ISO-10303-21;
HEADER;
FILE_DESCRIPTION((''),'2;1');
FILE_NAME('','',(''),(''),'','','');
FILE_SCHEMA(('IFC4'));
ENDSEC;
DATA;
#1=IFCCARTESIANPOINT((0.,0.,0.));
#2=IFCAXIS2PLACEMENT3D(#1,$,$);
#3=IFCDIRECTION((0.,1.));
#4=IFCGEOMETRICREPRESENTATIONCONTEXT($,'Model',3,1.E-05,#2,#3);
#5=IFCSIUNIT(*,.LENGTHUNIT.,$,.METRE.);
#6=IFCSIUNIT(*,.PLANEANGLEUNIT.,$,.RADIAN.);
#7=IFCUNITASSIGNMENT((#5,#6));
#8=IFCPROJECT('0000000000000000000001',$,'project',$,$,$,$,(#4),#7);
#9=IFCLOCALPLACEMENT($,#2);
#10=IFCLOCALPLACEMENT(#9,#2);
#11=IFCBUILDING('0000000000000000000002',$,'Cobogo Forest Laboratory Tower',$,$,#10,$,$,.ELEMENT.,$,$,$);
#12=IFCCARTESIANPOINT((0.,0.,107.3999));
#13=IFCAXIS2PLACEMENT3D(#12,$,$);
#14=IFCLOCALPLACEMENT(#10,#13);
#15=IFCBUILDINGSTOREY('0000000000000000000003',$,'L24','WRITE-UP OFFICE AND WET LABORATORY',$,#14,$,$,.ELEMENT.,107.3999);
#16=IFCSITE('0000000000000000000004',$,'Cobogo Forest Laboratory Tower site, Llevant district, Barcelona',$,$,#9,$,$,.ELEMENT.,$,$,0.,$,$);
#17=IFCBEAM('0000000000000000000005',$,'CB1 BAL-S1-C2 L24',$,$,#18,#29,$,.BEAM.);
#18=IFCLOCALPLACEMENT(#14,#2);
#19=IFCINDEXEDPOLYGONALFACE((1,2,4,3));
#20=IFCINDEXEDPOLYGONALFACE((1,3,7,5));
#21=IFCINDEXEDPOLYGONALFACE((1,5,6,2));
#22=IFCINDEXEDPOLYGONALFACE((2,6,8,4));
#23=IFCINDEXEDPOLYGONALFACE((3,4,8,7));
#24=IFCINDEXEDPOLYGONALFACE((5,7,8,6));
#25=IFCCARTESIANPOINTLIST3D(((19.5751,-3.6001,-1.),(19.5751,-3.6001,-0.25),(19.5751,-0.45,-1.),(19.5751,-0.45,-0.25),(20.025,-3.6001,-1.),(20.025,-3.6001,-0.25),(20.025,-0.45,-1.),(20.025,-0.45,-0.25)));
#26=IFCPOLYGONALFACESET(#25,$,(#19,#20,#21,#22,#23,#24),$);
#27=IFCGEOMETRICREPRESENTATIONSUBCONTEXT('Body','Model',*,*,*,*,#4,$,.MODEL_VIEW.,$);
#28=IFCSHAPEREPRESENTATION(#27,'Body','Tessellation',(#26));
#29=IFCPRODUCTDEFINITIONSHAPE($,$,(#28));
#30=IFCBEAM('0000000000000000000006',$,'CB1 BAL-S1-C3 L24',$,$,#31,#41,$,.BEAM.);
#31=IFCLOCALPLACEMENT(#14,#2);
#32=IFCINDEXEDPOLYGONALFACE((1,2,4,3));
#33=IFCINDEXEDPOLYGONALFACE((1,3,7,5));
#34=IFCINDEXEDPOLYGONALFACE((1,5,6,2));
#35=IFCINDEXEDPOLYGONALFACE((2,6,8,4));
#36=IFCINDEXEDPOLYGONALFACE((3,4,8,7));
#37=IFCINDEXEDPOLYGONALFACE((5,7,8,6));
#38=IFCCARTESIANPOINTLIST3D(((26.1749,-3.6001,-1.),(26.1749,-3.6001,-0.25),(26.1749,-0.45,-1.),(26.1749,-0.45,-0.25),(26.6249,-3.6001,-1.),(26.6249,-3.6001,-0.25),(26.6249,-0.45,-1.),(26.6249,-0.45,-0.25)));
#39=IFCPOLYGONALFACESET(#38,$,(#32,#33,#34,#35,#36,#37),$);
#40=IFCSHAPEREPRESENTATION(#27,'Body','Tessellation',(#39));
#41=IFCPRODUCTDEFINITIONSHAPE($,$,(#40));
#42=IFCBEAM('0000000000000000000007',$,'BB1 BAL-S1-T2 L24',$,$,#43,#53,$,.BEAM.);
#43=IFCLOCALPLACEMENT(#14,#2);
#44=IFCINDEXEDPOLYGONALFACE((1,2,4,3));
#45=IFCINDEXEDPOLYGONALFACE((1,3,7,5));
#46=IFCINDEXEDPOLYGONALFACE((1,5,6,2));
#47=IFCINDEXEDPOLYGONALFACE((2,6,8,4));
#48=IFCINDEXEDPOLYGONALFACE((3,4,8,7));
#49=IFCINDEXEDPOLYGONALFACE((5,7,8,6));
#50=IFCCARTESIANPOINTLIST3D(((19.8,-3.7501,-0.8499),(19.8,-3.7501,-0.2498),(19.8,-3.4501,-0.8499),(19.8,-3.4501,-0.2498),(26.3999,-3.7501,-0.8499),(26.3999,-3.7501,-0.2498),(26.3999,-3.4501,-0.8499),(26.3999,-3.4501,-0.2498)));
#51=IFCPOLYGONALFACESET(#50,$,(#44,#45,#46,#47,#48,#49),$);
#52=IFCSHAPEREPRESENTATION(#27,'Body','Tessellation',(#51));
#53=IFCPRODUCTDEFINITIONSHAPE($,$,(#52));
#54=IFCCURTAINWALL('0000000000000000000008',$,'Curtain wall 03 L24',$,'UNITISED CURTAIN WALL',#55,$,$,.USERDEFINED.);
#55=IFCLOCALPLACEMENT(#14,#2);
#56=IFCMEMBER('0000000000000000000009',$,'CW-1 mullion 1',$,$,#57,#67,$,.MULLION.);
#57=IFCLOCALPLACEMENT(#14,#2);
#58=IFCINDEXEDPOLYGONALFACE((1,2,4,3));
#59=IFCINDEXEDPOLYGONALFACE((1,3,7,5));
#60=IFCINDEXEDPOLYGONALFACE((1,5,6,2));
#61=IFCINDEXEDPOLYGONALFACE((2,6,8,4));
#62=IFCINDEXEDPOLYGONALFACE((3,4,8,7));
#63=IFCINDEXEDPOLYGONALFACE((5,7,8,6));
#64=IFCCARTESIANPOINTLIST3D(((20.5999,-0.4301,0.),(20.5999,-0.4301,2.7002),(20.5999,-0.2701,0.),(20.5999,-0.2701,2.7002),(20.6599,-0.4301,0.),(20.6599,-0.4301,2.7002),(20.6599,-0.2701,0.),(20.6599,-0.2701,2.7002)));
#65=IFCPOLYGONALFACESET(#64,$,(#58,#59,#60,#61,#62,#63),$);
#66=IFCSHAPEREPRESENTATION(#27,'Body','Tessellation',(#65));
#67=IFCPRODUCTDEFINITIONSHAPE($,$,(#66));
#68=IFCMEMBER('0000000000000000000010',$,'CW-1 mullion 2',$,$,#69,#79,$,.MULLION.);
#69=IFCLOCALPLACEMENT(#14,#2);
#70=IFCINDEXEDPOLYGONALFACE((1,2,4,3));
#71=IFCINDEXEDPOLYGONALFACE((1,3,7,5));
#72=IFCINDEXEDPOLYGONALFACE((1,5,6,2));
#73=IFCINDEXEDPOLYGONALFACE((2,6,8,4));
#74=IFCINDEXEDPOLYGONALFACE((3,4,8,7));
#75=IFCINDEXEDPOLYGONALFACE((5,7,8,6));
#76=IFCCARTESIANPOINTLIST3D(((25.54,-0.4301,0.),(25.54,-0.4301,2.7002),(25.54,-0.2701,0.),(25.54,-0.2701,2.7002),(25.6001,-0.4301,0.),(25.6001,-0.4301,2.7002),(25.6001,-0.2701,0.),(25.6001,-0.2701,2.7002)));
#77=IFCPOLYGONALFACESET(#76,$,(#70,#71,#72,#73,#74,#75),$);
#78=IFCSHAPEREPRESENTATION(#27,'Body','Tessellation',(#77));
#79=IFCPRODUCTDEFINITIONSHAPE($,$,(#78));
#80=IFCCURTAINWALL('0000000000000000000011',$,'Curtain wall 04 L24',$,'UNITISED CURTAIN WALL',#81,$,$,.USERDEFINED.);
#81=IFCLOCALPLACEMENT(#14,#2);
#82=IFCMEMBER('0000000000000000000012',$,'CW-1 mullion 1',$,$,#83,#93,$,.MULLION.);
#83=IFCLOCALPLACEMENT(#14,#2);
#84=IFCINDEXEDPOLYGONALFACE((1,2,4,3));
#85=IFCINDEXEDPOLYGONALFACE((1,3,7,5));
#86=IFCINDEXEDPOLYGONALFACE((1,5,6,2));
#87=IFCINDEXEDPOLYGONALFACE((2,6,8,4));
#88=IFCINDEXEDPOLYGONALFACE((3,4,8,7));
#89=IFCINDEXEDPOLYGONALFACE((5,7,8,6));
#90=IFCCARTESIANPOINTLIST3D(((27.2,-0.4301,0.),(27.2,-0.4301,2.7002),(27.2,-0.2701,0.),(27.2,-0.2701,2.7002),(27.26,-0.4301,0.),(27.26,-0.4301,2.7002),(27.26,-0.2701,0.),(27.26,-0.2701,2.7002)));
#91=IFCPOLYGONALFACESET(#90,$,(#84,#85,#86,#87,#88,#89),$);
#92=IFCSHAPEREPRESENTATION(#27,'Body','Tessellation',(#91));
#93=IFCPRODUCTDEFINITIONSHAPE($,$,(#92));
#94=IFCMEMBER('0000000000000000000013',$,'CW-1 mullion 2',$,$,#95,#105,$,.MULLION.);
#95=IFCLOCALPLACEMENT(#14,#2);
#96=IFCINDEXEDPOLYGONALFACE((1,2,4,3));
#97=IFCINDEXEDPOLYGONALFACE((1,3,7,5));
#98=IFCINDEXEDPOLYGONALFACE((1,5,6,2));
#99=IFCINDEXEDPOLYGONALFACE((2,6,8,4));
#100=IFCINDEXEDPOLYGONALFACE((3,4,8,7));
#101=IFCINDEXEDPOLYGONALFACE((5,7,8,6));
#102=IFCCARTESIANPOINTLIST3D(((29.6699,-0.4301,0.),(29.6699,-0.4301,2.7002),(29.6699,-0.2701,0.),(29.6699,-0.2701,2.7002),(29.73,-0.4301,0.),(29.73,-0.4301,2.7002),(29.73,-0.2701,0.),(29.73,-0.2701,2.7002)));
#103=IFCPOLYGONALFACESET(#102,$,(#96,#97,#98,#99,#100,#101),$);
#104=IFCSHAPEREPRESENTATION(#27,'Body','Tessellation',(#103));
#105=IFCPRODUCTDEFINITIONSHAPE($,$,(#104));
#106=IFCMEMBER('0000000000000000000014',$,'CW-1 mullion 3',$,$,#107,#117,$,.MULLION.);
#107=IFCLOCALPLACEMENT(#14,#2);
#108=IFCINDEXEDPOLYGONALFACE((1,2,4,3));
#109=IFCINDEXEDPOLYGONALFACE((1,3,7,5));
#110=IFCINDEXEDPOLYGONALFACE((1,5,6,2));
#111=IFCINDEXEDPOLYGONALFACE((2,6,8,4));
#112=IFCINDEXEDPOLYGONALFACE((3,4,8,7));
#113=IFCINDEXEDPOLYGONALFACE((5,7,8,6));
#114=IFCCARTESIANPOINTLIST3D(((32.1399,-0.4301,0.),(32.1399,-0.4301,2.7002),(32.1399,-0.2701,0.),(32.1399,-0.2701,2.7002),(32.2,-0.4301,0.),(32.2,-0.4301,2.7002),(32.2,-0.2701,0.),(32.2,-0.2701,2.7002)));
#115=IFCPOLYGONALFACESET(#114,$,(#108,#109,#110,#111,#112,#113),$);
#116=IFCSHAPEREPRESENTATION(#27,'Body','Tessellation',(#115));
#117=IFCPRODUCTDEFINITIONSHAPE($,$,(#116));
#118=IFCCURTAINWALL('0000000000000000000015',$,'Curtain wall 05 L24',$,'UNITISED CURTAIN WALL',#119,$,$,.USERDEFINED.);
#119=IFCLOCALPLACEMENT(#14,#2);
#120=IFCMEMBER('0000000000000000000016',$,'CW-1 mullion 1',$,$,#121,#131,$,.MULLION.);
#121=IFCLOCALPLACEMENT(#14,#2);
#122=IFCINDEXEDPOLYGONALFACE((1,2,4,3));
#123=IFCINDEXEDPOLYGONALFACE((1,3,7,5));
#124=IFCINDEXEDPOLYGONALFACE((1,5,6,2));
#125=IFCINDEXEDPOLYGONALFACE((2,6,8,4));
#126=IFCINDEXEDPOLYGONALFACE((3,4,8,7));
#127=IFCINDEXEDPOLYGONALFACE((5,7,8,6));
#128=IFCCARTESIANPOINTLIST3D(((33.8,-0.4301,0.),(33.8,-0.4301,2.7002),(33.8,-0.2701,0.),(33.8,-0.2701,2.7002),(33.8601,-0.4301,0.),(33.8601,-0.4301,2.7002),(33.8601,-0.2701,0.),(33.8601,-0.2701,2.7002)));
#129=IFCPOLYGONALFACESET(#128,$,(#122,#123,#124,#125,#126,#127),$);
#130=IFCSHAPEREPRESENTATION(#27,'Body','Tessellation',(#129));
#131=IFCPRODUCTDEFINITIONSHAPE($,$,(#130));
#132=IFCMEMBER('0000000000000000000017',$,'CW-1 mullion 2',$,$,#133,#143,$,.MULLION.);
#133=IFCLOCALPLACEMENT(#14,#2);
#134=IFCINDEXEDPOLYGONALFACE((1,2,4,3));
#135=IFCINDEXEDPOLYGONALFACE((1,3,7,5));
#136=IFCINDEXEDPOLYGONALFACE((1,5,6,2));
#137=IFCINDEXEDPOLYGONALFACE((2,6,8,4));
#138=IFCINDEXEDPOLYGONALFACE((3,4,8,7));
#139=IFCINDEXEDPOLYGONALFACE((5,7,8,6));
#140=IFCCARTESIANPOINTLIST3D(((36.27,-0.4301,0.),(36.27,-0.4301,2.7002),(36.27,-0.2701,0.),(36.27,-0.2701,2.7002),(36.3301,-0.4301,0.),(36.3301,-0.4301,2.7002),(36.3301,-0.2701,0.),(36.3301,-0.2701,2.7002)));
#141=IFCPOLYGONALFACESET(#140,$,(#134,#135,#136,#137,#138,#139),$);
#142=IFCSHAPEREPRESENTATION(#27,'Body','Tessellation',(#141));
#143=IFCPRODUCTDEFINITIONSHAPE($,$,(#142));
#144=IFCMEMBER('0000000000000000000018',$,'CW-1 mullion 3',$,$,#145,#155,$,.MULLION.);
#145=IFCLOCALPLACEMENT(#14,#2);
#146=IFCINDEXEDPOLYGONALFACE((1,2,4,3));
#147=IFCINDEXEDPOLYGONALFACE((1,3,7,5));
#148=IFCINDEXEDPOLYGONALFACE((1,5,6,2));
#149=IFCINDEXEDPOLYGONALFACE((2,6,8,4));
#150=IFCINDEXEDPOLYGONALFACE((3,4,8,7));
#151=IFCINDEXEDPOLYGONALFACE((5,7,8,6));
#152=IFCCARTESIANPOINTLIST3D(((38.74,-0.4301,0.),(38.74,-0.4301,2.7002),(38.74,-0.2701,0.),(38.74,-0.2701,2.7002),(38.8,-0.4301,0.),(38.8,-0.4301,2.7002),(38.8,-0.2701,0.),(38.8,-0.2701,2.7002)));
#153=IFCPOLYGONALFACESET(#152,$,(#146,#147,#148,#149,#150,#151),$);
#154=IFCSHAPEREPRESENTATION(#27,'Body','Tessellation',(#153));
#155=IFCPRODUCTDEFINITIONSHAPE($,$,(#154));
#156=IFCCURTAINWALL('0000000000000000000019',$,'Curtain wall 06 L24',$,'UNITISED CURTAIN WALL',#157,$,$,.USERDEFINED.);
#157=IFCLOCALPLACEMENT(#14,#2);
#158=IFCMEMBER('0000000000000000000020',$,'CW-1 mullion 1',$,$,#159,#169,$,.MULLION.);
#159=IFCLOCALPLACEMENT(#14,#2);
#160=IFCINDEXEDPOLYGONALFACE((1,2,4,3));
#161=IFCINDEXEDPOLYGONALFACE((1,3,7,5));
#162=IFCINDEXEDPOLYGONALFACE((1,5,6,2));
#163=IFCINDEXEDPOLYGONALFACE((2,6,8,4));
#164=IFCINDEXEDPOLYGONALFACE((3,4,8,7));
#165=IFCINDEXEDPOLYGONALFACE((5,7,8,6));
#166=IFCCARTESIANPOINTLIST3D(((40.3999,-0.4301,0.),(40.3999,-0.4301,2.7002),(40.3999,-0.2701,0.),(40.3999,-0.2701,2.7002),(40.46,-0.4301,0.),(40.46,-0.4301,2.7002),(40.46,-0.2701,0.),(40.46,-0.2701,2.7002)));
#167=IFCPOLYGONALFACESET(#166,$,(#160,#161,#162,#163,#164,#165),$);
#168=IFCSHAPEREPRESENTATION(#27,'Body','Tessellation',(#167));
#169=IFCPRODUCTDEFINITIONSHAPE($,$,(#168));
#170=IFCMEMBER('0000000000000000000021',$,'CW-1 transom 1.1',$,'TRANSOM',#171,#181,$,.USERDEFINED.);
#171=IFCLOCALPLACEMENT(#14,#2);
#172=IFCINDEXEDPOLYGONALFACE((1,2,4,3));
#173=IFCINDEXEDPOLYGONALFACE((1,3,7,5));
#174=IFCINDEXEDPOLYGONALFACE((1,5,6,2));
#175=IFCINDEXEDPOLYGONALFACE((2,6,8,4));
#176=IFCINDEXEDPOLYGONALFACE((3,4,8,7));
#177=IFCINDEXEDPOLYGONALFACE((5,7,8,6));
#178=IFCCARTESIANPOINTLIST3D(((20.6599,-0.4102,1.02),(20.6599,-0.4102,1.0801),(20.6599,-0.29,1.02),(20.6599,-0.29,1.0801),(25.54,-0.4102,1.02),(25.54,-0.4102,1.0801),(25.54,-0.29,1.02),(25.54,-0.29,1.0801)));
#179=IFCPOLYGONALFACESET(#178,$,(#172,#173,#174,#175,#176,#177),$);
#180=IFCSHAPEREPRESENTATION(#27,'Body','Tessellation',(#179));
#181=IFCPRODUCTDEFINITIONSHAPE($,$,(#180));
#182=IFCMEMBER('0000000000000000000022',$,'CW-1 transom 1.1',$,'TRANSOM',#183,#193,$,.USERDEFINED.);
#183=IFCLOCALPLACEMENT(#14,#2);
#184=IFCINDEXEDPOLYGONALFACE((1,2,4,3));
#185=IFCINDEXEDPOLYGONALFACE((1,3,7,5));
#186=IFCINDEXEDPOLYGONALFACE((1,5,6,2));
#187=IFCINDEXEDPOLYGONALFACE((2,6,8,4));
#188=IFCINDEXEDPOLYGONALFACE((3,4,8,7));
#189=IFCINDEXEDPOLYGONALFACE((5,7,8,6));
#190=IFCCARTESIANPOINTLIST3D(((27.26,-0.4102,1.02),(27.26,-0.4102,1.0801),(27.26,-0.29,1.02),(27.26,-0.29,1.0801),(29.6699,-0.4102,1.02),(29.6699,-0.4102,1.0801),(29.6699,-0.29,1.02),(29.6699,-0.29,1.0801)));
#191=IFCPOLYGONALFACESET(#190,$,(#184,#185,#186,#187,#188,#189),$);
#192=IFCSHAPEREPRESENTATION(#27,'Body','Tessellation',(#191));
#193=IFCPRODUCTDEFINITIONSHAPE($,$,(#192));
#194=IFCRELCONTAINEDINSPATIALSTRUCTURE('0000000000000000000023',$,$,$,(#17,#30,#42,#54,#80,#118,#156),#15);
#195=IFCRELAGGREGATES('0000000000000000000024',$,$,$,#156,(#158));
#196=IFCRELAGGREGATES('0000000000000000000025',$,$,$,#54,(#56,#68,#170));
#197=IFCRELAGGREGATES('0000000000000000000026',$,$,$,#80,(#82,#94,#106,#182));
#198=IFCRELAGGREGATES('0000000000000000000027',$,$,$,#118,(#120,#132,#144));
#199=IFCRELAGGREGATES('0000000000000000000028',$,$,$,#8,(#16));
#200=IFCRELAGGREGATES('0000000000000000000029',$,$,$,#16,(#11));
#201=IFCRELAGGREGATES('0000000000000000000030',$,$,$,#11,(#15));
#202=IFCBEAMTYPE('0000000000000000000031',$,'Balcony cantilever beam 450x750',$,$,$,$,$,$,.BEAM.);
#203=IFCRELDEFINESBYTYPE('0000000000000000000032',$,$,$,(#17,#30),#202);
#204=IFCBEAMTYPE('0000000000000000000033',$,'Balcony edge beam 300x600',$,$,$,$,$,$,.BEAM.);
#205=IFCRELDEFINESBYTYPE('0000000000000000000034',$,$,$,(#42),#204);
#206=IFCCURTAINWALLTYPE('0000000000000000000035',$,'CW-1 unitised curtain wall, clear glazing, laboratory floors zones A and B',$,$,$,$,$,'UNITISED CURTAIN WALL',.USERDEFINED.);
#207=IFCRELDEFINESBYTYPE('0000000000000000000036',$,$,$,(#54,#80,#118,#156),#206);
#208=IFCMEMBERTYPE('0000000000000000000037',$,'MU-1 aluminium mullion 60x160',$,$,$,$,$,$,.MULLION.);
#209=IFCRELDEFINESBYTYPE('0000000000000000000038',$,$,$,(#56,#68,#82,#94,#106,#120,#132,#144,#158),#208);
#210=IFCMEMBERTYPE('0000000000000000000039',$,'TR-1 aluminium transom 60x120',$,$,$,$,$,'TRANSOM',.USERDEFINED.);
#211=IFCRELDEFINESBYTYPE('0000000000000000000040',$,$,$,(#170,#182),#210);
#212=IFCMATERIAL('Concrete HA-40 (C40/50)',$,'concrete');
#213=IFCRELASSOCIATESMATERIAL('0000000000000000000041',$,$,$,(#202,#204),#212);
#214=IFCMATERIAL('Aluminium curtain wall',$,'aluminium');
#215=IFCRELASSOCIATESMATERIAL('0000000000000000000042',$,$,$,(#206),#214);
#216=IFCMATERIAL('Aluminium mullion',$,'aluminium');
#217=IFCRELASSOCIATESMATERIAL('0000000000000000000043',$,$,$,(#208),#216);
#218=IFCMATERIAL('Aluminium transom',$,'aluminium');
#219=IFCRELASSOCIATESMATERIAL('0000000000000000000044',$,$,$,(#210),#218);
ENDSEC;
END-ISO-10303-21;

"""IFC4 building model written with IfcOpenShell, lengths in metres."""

from ifc_helpers import new_model, si_unit, direction, frame, origin, origin_2d, place, context, subcontext, project, spatial, rectangle, extrude, material, material_profile, profile_set, type_object, element, aggregate, save


model = new_model("IFC4")

# Units and contexts
model_context = context("Model", 3, precision=1e-05, world=origin(), true_north=direction((0.0, 1.0)))
body_context = subcontext(model_context, "Body", "Model", "MODEL_VIEW")
ifc_project = project(units=[si_unit("LENGTHUNIT", "METRE"), si_unit("PLANEANGLEUNIT", "RADIAN")], contexts=[model_context])

# Site, building, storey
site_placement = place(None, origin())
site = spatial("IfcSite", under=ifc_project, at=site_placement, Name="Cobogo Forest Laboratory Tower site, Llevant district, Barcelona", CompositionType="ELEMENT", RefElevation=0.0)
building_placement = place(site_placement, origin())
building = spatial("IfcBuilding", under=site, at=building_placement, Name="Cobogo Forest Laboratory Tower", CompositionType="ELEMENT")
storey_placement = place(building_placement, frame((0.0, 0.0, 107.3999)))
storey = spatial("IfcBuildingStorey", under=building, at=storey_placement, Name="L24", Description="WRITE-UP OFFICE AND WET LABORATORY", CompositionType="ELEMENT", Elevation=107.3999)

# Beams
ifc_material_1 = material(Name="Concrete HA-40 (C40/50)", Category="concrete")
ifc_material_profile_1 = material_profile(ifc_material_1, rectangle(XDim=0.45, YDim=0.75, at=origin_2d()), Name="RC 450x750")
ifc_profile_set_1 = profile_set([ifc_material_profile_1], Name="Concrete HA-40 (C40/50)")
beam_type_1 = type_object("IfcBeamType", Name="Balcony cantilever beam 450x750", PredefinedType="BEAM", material=ifc_profile_set_1)
for number, where, z_axis, x_axis, name in (
    (1, (19.8, -0.45, -0.625), (0.0, -1.0, 0.0), (1.0, 0.0, 0.0), "CB1 BAL-S1-C2 L24"),
    (2, (26.3999, -0.45, -0.625), (0.0, -1.0, 0.0), (1.0, 0.0, 0.0), "CB1 BAL-S1-C3 L24"),
):
    element("IfcBeam", number, at=place(storey_placement, frame(where, z_axis=z_axis, x_axis=x_axis)), inside=storey, type_object=beam_type_1, Name=name, PredefinedType="BEAM", context=body_context, shape_type="SweptSolid", body=[
        extrude(rectangle(XDim=0.45, YDim=0.75, at=origin_2d()), origin(), (0.0, 0.0, 1.0), 3.1501),
    ])
ifc_material_profile_2 = material_profile(ifc_material_1, rectangle(XDim=0.3, YDim=0.6001, at=origin_2d()), Name="RC 300x600")
ifc_profile_set_2 = profile_set([ifc_material_profile_2], Name="Concrete HA-40 (C40/50)")
beam_type_2 = type_object("IfcBeamType", Name="Balcony edge beam 300x600", PredefinedType="BEAM", material=ifc_profile_set_2)
beam_placement = place(storey_placement, frame((19.8, -3.6001, -0.5498), z_axis=(1.0, 0.0, 0.0), x_axis=(0.0, 1.0, 0.0)))
element("IfcBeam", 3, at=beam_placement, inside=storey, type_object=beam_type_2, Name="BB1 BAL-S1-T2 L24", PredefinedType="BEAM", context=body_context, shape_type="SweptSolid", body=[
    extrude(rectangle(XDim=0.3, YDim=0.6001, at=origin_2d()), origin(), (0.0, 0.0, 1.0), 6.5999),
])

# Curtain walls, members
ifc_material_2 = material(Name="Aluminium curtain wall", Category="aluminium")
curtain_wall_type = type_object("IfcCurtainWallType", Name="CW-1 unitised curtain wall, clear glazing, laboratory floors zones A and B", ElementType="UNITISED CURTAIN WALL", PredefinedType="USERDEFINED", material=ifc_material_2)
curtain_wall_1_placement = place(storey_placement, origin())
curtain_wall_1 = element("IfcCurtainWall", 4, at=curtain_wall_1_placement, inside=storey, type_object=curtain_wall_type, Name="Curtain wall 03 L24", ObjectType="UNITISED CURTAIN WALL", PredefinedType="USERDEFINED")
ifc_material_3 = material(Name="Aluminium mullion", Category="aluminium")
ifc_material_profile_3 = material_profile(ifc_material_3, rectangle(XDim=0.0601, YDim=0.1599, at=origin_2d()), Name="AL 60x160")
ifc_profile_set_3 = profile_set([ifc_material_profile_3], Name="Aluminium mullion")
member_type_1 = type_object("IfcMemberType", Name="MU-1 aluminium mullion 60x160", PredefinedType="MULLION", material=ifc_profile_set_3)
member_1_placement = place(storey_placement, frame((20.6299, -0.3501, 0.0), z_axis=(0.0, 0.0, 1.0), x_axis=(1.0, 0.0, 0.0)))
member_1 = element("IfcMember", 5, at=member_1_placement, type_object=member_type_1, Name="CW-1 mullion 1", PredefinedType="MULLION", context=body_context, shape_type="SweptSolid", body=[
    extrude(rectangle(XDim=0.0601, YDim=0.1599, at=origin_2d()), origin(), (0.0, 0.0, 1.0), 2.7002),
])
member_2_placement = place(storey_placement, frame((25.5701, -0.3501, 0.0), z_axis=(0.0, 0.0, 1.0), x_axis=(1.0, 0.0, 0.0)))
member_2 = element("IfcMember", 6, at=member_2_placement, type_object=member_type_1, Name="CW-1 mullion 2", PredefinedType="MULLION", context=body_context, shape_type="SweptSolid", body=[
    extrude(rectangle(XDim=0.0601, YDim=0.1599, at=origin_2d()), origin(), (0.0, 0.0, 1.0), 2.7002),
])
curtain_wall_2_placement = place(storey_placement, origin())
curtain_wall_2 = element("IfcCurtainWall", 7, at=curtain_wall_2_placement, inside=storey, type_object=curtain_wall_type, Name="Curtain wall 04 L24", ObjectType="UNITISED CURTAIN WALL", PredefinedType="USERDEFINED")
member_3_placement = place(storey_placement, frame((27.23, -0.3501, 0.0), z_axis=(0.0, 0.0, 1.0), x_axis=(1.0, 0.0, 0.0)))
member_3 = element("IfcMember", 8, at=member_3_placement, type_object=member_type_1, Name="CW-1 mullion 1", PredefinedType="MULLION", context=body_context, shape_type="SweptSolid", body=[
    extrude(rectangle(XDim=0.0601, YDim=0.1599, at=origin_2d()), origin(), (0.0, 0.0, 1.0), 2.7002),
])
member_4_placement = place(storey_placement, frame((29.7, -0.3501, 0.0), z_axis=(0.0, 0.0, 1.0), x_axis=(1.0, 0.0, 0.0)))
member_4 = element("IfcMember", 9, at=member_4_placement, type_object=member_type_1, Name="CW-1 mullion 2", PredefinedType="MULLION", context=body_context, shape_type="SweptSolid", body=[
    extrude(rectangle(XDim=0.0601, YDim=0.1599, at=origin_2d()), origin(), (0.0, 0.0, 1.0), 2.7002),
])
member_5_placement = place(storey_placement, frame((32.1699, -0.3501, 0.0), z_axis=(0.0, 0.0, 1.0), x_axis=(1.0, 0.0, 0.0)))
member_5 = element("IfcMember", 10, at=member_5_placement, type_object=member_type_1, Name="CW-1 mullion 3", PredefinedType="MULLION", context=body_context, shape_type="SweptSolid", body=[
    extrude(rectangle(XDim=0.0601, YDim=0.1599, at=origin_2d()), origin(), (0.0, 0.0, 1.0), 2.7002),
])
curtain_wall_3_placement = place(storey_placement, origin())
curtain_wall_3 = element("IfcCurtainWall", 11, at=curtain_wall_3_placement, inside=storey, type_object=curtain_wall_type, Name="Curtain wall 05 L24", ObjectType="UNITISED CURTAIN WALL", PredefinedType="USERDEFINED")
member_6_placement = place(storey_placement, frame((33.8301, -0.3501, 0.0), z_axis=(0.0, 0.0, 1.0), x_axis=(1.0, 0.0, 0.0)))
member_6 = element("IfcMember", 12, at=member_6_placement, type_object=member_type_1, Name="CW-1 mullion 1", PredefinedType="MULLION", context=body_context, shape_type="SweptSolid", body=[
    extrude(rectangle(XDim=0.0601, YDim=0.1599, at=origin_2d()), origin(), (0.0, 0.0, 1.0), 2.7002),
])
member_7_placement = place(storey_placement, frame((36.3, -0.3501, 0.0), z_axis=(0.0, 0.0, 1.0), x_axis=(1.0, 0.0, 0.0)))
member_7 = element("IfcMember", 13, at=member_7_placement, type_object=member_type_1, Name="CW-1 mullion 2", PredefinedType="MULLION", context=body_context, shape_type="SweptSolid", body=[
    extrude(rectangle(XDim=0.0601, YDim=0.1599, at=origin_2d()), origin(), (0.0, 0.0, 1.0), 2.7002),
])
member_8_placement = place(storey_placement, frame((38.77, -0.3501, 0.0), z_axis=(0.0, 0.0, 1.0), x_axis=(1.0, 0.0, 0.0)))
member_8 = element("IfcMember", 14, at=member_8_placement, type_object=member_type_1, Name="CW-1 mullion 3", PredefinedType="MULLION", context=body_context, shape_type="SweptSolid", body=[
    extrude(rectangle(XDim=0.0601, YDim=0.1599, at=origin_2d()), origin(), (0.0, 0.0, 1.0), 2.7002),
])

# Curtain wall, member
curtain_wall_4_placement = place(storey_placement, origin())
curtain_wall_4 = element("IfcCurtainWall", 15, at=curtain_wall_4_placement, inside=storey, type_object=curtain_wall_type, Name="Curtain wall 06 L24", ObjectType="UNITISED CURTAIN WALL", PredefinedType="USERDEFINED")
member_9_placement = place(storey_placement, frame((40.4299, -0.3501, 0.0), z_axis=(0.0, 0.0, 1.0), x_axis=(1.0, 0.0, 0.0)))
member_9 = element("IfcMember", 16, at=member_9_placement, type_object=member_type_1, Name="CW-1 mullion 1", PredefinedType="MULLION", context=body_context, shape_type="SweptSolid", body=[
    extrude(rectangle(XDim=0.0601, YDim=0.1599, at=origin_2d()), origin(), (0.0, 0.0, 1.0), 2.7002),
])
aggregate(curtain_wall_4, [member_9])

# Members
ifc_material_4 = material(Name="Aluminium transom", Category="aluminium")
ifc_material_profile_4 = material_profile(ifc_material_4, rectangle(XDim=0.1201, YDim=0.0601, at=origin_2d()), Name="AL 60x120")
ifc_profile_set_4 = profile_set([ifc_material_profile_4], Name="Aluminium transom")
member_type_2 = type_object("IfcMemberType", Name="TR-1 aluminium transom 60x120", ElementType="TRANSOM", PredefinedType="USERDEFINED", material=ifc_profile_set_4)
member_10_placement = place(storey_placement, frame((20.6599, -0.3501, 1.05), z_axis=(1.0, 0.0, 0.0), x_axis=(0.0, 1.0, 0.0)))
member_10 = element("IfcMember", 17, at=member_10_placement, type_object=member_type_2, Name="CW-1 transom 1.1", ObjectType="TRANSOM", PredefinedType="USERDEFINED", context=body_context, shape_type="SweptSolid", body=[
    extrude(rectangle(XDim=0.1201, YDim=0.0601, at=origin_2d()), origin(), (0.0, 0.0, 1.0), 4.8801),
])
member_11_placement = place(storey_placement, frame((27.26, -0.3501, 1.05), z_axis=(1.0, 0.0, 0.0), x_axis=(0.0, 1.0, 0.0)))
member_11 = element("IfcMember", 18, at=member_11_placement, type_object=member_type_2, Name="CW-1 transom 1.1", ObjectType="TRANSOM", PredefinedType="USERDEFINED", context=body_context, shape_type="SweptSolid", body=[
    extrude(rectangle(XDim=0.1201, YDim=0.0601, at=origin_2d()), origin(), (0.0, 0.0, 1.0), 2.4099),
])

aggregate(curtain_wall_1, [member_1, member_2, member_10])
aggregate(curtain_wall_2, [member_3, member_4, member_5, member_11])
aggregate(curtain_wall_3, [member_6, member_7, member_8])

save(model, "model.ifc")
